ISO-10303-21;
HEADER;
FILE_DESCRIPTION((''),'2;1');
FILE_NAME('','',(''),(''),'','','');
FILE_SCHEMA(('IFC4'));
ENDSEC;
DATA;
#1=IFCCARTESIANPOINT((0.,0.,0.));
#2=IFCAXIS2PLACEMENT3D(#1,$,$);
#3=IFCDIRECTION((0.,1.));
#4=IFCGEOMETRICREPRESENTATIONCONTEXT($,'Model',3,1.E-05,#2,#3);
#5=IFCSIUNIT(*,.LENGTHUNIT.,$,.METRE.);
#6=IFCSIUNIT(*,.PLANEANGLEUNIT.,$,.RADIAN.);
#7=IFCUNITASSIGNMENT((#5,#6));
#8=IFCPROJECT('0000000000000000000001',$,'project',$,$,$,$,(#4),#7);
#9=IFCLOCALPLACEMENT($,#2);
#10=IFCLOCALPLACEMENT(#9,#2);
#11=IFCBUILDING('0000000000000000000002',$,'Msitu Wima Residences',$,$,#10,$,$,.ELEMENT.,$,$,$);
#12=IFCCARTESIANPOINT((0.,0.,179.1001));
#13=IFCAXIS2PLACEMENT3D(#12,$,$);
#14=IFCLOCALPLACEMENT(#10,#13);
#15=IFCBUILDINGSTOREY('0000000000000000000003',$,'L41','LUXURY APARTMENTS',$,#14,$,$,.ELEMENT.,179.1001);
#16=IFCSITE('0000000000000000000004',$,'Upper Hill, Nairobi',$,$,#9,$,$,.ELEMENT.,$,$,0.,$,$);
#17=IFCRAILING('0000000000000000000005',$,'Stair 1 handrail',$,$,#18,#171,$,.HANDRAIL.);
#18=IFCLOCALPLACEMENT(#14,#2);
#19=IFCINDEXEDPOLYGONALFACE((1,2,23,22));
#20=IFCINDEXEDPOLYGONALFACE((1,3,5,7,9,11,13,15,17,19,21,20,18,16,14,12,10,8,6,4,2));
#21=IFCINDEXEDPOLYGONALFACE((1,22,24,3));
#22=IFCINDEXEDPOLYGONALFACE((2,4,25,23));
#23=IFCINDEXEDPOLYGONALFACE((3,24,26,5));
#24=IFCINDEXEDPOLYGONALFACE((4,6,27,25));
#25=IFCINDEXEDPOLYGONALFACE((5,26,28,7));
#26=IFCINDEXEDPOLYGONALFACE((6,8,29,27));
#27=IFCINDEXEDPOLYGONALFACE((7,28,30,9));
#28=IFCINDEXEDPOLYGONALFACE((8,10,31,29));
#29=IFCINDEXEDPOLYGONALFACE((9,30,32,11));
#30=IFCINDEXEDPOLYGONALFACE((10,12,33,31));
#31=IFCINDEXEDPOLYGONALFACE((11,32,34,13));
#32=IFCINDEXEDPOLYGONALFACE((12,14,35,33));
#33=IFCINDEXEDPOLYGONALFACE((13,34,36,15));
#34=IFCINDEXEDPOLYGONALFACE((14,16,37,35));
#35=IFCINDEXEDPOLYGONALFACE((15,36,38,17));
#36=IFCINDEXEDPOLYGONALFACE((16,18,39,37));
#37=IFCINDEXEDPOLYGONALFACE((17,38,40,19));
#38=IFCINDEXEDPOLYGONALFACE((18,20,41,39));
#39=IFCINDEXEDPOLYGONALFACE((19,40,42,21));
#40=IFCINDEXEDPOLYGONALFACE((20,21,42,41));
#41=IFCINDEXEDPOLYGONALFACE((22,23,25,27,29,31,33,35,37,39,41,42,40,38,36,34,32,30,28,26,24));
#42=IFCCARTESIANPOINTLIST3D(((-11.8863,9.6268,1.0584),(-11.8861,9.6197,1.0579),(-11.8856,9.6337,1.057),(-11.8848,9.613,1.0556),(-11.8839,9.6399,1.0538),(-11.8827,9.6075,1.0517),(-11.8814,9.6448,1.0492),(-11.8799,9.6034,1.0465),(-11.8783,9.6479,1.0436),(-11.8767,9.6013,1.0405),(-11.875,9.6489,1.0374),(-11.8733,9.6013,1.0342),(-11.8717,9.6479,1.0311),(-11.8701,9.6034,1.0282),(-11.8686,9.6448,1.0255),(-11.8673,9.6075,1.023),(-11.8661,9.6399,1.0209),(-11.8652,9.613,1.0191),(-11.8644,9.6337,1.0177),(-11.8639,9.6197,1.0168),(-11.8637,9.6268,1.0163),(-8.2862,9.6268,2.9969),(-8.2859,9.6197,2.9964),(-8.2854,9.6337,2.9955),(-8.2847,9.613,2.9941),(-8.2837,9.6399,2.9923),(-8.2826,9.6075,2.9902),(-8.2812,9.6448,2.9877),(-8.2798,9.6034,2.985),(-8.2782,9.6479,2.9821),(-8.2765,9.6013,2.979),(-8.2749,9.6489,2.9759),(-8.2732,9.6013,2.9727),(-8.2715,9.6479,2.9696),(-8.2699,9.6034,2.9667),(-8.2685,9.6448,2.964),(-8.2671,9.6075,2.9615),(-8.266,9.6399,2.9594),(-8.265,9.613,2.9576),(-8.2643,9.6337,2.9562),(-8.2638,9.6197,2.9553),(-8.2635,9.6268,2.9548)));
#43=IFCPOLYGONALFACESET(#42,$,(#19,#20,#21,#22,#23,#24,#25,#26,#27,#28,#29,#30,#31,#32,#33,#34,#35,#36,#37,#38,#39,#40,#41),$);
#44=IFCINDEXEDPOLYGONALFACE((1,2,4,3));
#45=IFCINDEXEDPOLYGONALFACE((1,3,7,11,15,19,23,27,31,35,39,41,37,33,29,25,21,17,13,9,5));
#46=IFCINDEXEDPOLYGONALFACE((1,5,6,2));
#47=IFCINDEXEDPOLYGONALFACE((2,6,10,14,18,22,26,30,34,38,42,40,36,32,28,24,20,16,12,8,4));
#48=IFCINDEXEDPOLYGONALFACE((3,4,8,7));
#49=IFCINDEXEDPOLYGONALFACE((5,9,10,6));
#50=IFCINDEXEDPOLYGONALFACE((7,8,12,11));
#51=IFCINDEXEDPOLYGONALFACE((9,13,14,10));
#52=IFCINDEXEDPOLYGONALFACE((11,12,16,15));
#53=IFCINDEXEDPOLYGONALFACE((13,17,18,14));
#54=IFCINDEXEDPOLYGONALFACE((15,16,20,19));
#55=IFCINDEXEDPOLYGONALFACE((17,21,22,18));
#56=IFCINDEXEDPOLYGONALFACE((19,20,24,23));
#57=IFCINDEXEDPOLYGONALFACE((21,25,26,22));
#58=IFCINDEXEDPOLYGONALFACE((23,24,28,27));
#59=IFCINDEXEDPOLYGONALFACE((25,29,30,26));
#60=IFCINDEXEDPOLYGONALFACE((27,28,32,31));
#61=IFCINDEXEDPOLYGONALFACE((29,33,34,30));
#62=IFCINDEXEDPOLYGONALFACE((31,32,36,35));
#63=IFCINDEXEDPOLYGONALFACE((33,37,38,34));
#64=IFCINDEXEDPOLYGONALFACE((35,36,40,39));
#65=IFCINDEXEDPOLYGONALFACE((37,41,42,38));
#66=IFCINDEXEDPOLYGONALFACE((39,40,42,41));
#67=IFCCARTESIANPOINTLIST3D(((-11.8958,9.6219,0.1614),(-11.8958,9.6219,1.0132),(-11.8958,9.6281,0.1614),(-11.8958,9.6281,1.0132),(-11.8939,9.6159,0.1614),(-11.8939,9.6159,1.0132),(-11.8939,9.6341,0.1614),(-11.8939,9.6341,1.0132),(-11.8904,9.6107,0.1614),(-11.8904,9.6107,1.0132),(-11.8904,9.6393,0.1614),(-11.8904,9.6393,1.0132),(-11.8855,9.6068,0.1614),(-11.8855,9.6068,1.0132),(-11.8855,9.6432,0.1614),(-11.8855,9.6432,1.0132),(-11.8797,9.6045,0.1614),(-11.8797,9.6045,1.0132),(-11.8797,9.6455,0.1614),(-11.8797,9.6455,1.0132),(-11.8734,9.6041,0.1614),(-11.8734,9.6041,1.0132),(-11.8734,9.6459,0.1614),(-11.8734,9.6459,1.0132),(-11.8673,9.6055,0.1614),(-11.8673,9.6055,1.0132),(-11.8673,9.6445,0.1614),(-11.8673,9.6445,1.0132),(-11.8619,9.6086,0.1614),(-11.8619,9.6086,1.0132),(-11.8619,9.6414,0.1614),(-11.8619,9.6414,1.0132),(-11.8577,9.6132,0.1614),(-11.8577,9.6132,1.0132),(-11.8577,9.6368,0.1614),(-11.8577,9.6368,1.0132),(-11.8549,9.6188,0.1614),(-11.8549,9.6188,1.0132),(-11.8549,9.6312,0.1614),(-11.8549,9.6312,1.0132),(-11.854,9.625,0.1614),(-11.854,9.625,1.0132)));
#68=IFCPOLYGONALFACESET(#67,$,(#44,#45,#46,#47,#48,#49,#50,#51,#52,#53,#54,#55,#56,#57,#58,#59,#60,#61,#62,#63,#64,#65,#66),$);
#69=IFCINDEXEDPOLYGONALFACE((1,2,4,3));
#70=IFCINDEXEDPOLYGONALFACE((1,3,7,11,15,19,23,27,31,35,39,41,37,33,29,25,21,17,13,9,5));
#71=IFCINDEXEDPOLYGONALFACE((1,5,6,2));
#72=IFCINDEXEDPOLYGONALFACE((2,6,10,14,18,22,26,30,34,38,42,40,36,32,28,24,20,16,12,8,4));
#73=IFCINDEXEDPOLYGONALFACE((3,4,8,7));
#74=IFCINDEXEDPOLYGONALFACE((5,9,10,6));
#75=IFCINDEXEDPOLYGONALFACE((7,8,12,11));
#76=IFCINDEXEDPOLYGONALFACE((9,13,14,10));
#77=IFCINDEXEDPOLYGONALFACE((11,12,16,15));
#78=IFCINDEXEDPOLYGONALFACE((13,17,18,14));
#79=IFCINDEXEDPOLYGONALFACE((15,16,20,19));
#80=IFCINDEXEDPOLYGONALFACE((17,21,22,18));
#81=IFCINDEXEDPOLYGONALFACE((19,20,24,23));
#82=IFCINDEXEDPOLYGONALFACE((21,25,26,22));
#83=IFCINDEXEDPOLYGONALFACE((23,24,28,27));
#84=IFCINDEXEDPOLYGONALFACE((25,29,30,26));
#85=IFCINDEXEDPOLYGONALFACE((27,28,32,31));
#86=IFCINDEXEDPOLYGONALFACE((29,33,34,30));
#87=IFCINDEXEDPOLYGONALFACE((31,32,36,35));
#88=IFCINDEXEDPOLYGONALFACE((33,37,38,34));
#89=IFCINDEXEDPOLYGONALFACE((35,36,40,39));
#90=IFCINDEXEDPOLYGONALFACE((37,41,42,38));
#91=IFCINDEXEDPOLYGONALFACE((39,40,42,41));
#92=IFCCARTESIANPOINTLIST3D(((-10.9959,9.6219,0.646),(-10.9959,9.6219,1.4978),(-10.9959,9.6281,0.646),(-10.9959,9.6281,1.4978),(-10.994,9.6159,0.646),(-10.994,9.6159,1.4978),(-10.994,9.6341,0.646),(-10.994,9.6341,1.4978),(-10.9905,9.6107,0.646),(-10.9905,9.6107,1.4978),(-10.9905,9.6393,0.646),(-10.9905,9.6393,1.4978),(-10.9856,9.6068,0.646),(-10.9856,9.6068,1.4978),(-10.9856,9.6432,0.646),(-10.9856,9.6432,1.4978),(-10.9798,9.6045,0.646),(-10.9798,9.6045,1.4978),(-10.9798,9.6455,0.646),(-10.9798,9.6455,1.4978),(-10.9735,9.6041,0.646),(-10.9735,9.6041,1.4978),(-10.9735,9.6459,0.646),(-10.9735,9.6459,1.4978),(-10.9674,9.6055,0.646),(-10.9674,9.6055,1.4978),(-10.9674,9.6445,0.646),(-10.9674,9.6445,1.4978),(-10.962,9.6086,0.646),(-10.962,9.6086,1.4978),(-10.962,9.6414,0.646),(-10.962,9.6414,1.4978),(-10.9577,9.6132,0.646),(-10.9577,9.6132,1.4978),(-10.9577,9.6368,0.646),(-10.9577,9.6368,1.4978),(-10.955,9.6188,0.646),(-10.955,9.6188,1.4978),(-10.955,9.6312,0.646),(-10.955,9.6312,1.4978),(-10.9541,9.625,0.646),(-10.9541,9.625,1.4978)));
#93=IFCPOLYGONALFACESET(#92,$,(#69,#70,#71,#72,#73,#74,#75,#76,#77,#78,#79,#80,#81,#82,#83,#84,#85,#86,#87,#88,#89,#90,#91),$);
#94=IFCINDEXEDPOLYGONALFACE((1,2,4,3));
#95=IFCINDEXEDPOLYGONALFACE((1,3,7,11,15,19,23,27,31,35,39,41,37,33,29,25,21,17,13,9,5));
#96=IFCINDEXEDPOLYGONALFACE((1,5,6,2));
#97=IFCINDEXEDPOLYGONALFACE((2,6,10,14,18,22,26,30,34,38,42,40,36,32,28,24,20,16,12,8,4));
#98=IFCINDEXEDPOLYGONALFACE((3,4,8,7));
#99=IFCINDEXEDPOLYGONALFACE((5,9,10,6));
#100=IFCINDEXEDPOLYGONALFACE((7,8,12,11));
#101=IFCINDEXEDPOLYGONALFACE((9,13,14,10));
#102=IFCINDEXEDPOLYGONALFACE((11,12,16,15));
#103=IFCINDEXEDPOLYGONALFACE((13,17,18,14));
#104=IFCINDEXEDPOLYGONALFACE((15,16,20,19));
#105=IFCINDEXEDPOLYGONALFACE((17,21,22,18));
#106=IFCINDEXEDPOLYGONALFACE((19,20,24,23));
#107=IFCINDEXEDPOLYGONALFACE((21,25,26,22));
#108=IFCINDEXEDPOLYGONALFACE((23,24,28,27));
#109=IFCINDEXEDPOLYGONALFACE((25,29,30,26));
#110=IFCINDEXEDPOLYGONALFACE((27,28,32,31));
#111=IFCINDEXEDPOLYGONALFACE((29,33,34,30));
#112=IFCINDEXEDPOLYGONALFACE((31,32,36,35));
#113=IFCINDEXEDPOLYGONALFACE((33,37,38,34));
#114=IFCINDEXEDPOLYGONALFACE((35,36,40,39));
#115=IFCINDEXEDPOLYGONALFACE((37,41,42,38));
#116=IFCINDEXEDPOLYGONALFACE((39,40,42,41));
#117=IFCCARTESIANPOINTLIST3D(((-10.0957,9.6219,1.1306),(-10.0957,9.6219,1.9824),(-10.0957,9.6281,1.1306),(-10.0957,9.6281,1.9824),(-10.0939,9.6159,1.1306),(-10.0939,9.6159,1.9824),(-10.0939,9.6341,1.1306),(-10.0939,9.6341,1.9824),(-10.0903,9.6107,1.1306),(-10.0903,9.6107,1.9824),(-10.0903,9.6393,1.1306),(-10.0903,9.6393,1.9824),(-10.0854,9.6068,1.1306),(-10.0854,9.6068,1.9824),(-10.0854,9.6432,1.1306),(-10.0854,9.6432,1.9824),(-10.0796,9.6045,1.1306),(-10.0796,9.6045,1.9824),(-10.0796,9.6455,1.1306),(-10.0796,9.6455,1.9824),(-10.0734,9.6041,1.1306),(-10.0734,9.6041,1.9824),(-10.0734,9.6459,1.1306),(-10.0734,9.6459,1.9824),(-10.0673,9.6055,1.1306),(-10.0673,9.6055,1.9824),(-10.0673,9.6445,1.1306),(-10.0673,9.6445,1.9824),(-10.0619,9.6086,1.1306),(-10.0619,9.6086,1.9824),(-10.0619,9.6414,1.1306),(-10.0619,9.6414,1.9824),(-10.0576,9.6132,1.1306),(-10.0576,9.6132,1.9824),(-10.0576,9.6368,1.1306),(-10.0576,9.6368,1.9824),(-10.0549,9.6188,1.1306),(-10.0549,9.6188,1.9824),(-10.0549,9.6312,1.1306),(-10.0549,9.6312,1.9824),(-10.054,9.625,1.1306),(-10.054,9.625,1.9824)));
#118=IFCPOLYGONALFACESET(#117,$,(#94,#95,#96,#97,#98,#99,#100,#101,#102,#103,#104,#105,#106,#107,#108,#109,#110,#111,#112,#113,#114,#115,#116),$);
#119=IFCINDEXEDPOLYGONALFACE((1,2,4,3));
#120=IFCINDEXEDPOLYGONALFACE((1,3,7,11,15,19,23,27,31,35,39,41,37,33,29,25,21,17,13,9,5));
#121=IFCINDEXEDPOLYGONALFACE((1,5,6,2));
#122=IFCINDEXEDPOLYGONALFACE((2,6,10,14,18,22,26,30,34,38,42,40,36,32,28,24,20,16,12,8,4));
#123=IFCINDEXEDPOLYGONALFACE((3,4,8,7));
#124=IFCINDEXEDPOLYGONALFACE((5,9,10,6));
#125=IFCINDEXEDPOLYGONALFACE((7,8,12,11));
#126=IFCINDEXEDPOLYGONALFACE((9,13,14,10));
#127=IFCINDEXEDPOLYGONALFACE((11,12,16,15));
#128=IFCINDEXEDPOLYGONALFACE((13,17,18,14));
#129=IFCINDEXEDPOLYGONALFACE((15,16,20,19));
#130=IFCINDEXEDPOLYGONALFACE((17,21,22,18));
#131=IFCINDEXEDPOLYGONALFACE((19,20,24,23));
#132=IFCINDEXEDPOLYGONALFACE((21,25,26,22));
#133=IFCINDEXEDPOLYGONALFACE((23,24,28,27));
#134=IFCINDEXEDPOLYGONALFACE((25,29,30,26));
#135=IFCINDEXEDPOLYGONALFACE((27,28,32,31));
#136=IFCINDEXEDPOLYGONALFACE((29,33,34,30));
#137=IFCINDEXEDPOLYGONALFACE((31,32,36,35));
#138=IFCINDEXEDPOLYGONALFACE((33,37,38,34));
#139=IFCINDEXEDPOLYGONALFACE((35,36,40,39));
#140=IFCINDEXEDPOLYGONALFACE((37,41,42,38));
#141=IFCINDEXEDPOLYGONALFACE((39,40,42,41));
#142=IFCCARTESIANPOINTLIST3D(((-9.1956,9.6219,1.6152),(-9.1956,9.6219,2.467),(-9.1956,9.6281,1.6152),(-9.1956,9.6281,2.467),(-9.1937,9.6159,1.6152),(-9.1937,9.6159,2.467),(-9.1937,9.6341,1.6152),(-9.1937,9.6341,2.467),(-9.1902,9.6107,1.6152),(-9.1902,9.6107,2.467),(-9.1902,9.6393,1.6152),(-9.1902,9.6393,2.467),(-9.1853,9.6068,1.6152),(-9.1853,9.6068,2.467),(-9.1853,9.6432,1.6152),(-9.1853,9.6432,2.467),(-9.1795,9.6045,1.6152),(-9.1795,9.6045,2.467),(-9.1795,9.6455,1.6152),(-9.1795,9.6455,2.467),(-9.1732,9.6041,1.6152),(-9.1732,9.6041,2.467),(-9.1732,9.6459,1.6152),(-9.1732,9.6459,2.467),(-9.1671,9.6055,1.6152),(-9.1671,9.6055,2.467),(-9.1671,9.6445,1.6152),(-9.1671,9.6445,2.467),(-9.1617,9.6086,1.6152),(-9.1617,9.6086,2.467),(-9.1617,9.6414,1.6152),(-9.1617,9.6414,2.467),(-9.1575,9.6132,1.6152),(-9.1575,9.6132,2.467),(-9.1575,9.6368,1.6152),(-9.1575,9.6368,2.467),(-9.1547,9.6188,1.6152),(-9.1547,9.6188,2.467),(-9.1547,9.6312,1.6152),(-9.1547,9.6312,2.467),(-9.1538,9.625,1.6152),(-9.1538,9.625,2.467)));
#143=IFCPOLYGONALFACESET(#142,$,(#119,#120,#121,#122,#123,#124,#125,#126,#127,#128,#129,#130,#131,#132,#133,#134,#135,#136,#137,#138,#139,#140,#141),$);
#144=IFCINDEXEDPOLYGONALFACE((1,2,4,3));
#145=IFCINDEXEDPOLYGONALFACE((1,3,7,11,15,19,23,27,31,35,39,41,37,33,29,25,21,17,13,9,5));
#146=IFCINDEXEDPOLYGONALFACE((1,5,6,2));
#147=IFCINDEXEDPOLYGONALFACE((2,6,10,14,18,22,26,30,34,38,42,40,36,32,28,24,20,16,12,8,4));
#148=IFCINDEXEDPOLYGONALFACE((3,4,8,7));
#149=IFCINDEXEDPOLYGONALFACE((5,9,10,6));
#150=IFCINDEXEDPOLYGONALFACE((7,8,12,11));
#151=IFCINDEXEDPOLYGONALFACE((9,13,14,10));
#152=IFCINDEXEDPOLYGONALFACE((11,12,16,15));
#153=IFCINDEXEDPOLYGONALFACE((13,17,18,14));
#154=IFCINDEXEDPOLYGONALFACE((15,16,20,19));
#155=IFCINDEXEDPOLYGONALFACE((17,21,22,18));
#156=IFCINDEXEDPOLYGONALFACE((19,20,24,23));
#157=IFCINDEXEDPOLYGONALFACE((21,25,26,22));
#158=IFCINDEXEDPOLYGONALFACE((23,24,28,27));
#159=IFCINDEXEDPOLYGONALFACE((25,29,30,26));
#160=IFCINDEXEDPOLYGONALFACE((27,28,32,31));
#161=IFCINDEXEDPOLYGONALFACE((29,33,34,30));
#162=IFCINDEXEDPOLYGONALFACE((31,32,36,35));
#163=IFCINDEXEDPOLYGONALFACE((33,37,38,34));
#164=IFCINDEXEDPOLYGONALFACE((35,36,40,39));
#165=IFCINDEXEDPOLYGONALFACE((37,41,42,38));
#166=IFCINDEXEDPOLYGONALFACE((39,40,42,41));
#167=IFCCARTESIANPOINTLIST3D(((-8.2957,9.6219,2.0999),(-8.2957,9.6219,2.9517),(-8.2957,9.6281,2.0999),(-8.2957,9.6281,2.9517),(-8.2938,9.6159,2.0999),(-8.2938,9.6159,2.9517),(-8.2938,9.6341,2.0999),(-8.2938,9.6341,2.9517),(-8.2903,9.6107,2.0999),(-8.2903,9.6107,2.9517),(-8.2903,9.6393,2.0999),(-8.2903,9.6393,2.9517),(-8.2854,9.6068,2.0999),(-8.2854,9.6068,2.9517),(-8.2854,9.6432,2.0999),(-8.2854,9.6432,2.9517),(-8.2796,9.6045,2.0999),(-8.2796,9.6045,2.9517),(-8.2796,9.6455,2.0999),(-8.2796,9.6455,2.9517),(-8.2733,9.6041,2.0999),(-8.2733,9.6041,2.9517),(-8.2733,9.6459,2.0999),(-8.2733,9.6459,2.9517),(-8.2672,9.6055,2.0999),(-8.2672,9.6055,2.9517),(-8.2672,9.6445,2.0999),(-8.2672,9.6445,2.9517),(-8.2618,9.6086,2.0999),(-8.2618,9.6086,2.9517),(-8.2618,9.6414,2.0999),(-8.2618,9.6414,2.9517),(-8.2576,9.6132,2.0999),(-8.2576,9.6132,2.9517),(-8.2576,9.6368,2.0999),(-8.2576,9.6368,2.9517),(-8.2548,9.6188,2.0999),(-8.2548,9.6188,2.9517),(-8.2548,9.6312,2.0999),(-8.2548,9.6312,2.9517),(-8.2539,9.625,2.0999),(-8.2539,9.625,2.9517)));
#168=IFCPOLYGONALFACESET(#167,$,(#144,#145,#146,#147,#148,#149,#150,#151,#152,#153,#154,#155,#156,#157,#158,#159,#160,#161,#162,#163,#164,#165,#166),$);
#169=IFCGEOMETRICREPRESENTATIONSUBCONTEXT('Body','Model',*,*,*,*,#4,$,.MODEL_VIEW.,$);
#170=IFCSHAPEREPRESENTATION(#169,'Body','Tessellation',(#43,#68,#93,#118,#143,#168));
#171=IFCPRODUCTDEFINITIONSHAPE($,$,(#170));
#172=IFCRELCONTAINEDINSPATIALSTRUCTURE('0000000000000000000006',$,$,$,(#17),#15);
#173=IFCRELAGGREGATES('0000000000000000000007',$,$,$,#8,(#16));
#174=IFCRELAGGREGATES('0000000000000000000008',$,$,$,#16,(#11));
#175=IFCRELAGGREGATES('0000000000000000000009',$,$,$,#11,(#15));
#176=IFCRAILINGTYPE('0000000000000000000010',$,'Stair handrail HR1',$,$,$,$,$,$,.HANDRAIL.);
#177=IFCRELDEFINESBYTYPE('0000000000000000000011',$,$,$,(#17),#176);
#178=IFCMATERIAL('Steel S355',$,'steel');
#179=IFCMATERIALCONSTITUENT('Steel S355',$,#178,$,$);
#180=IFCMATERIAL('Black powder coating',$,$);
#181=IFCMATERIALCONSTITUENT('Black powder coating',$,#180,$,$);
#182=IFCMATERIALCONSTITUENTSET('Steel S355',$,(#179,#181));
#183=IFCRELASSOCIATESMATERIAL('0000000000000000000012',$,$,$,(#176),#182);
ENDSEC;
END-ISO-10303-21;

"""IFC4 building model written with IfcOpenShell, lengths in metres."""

from ifc_helpers import new_model, si_unit, direction, frame, origin, origin_2d, place, context, subcontext, project, spatial, circle, extrude, material, constituent, constituent_set, type_object, element, save


model = new_model("IFC4")

# Units and contexts
model_context = context("Model", 3, precision=1e-05, world=origin(), true_north=direction((0.0, 1.0)))
body_context = subcontext(model_context, "Body", "Model", "MODEL_VIEW")
ifc_project = project(units=[si_unit("LENGTHUNIT", "METRE"), si_unit("PLANEANGLEUNIT", "RADIAN")], contexts=[model_context])

# Site, building, storey
site_placement = place(None, origin())
site = spatial("IfcSite", under=ifc_project, at=site_placement, Name="Upper Hill, Nairobi", CompositionType="ELEMENT", RefElevation=0.0)
building_placement = place(site_placement, origin())
building = spatial("IfcBuilding", under=site, at=building_placement, Name="Msitu Wima Residences", CompositionType="ELEMENT")
storey_placement = place(building_placement, frame((0.0, 0.0, 179.1001)))
storey = spatial("IfcBuildingStorey", under=building, at=storey_placement, Name="L41", Description="LUXURY APARTMENTS", CompositionType="ELEMENT", Elevation=179.1001)

# Railing
ifc_material_1 = material(Name="Steel S355", Category="steel")
ifc_constituent_1 = constituent(ifc_material_1, Name="Steel S355")
ifc_material_2 = material(Name="Black powder coating")
ifc_constituent_2 = constituent(ifc_material_2, Name="Black powder coating")
ifc_constituent_set = constituent_set(constituents=[ifc_constituent_1, ifc_constituent_2], Name="Steel S355")
railing_type = type_object("IfcRailingType", Name="Stair handrail HR1", PredefinedType="HANDRAIL", material=ifc_constituent_set)
for number, where, name in (
    (1, (-11.875, 9.625, 0.1614), "Stair 1 handrail"),
):
    element("IfcRailing", number, at=place(storey_placement, frame(where)), inside=storey, type_object=railing_type, Name=name, PredefinedType="HANDRAIL", context=body_context, shape_type="SweptSolid", body=[
        extrude(circle(Radius=0.0239, at=origin_2d()), frame((0.0, 0.0, 0.876), z_axis=(0.880475, 0.0, 0.474093), x_axis=(0.0, 1.0, 0.0)), (0.0, 0.0, 1.0), 4.0889),
        extrude(circle(Radius=0.021, at=origin_2d()), origin(), (0.0, 0.0, 1.0), 0.8518),
        extrude(circle(Radius=0.021, at=origin_2d()), frame((0.8999, 0.0, 0.4846)), (0.0, 0.0, 1.0), 0.8518),
        extrude(circle(Radius=0.021, at=origin_2d()), frame((1.8, 0.0, 0.9692)), (0.0, 0.0, 1.0), 0.8518),
        extrude(circle(Radius=0.021, at=origin_2d()), frame((2.7002, 0.0, 1.4539)), (0.0, 0.0, 1.0), 0.8518),
        extrude(circle(Radius=0.021, at=origin_2d()), frame((3.6001, 0.0, 1.9385)), (0.0, 0.0, 1.0), 0.8518),
    ])

save(model, "model.ifc")
